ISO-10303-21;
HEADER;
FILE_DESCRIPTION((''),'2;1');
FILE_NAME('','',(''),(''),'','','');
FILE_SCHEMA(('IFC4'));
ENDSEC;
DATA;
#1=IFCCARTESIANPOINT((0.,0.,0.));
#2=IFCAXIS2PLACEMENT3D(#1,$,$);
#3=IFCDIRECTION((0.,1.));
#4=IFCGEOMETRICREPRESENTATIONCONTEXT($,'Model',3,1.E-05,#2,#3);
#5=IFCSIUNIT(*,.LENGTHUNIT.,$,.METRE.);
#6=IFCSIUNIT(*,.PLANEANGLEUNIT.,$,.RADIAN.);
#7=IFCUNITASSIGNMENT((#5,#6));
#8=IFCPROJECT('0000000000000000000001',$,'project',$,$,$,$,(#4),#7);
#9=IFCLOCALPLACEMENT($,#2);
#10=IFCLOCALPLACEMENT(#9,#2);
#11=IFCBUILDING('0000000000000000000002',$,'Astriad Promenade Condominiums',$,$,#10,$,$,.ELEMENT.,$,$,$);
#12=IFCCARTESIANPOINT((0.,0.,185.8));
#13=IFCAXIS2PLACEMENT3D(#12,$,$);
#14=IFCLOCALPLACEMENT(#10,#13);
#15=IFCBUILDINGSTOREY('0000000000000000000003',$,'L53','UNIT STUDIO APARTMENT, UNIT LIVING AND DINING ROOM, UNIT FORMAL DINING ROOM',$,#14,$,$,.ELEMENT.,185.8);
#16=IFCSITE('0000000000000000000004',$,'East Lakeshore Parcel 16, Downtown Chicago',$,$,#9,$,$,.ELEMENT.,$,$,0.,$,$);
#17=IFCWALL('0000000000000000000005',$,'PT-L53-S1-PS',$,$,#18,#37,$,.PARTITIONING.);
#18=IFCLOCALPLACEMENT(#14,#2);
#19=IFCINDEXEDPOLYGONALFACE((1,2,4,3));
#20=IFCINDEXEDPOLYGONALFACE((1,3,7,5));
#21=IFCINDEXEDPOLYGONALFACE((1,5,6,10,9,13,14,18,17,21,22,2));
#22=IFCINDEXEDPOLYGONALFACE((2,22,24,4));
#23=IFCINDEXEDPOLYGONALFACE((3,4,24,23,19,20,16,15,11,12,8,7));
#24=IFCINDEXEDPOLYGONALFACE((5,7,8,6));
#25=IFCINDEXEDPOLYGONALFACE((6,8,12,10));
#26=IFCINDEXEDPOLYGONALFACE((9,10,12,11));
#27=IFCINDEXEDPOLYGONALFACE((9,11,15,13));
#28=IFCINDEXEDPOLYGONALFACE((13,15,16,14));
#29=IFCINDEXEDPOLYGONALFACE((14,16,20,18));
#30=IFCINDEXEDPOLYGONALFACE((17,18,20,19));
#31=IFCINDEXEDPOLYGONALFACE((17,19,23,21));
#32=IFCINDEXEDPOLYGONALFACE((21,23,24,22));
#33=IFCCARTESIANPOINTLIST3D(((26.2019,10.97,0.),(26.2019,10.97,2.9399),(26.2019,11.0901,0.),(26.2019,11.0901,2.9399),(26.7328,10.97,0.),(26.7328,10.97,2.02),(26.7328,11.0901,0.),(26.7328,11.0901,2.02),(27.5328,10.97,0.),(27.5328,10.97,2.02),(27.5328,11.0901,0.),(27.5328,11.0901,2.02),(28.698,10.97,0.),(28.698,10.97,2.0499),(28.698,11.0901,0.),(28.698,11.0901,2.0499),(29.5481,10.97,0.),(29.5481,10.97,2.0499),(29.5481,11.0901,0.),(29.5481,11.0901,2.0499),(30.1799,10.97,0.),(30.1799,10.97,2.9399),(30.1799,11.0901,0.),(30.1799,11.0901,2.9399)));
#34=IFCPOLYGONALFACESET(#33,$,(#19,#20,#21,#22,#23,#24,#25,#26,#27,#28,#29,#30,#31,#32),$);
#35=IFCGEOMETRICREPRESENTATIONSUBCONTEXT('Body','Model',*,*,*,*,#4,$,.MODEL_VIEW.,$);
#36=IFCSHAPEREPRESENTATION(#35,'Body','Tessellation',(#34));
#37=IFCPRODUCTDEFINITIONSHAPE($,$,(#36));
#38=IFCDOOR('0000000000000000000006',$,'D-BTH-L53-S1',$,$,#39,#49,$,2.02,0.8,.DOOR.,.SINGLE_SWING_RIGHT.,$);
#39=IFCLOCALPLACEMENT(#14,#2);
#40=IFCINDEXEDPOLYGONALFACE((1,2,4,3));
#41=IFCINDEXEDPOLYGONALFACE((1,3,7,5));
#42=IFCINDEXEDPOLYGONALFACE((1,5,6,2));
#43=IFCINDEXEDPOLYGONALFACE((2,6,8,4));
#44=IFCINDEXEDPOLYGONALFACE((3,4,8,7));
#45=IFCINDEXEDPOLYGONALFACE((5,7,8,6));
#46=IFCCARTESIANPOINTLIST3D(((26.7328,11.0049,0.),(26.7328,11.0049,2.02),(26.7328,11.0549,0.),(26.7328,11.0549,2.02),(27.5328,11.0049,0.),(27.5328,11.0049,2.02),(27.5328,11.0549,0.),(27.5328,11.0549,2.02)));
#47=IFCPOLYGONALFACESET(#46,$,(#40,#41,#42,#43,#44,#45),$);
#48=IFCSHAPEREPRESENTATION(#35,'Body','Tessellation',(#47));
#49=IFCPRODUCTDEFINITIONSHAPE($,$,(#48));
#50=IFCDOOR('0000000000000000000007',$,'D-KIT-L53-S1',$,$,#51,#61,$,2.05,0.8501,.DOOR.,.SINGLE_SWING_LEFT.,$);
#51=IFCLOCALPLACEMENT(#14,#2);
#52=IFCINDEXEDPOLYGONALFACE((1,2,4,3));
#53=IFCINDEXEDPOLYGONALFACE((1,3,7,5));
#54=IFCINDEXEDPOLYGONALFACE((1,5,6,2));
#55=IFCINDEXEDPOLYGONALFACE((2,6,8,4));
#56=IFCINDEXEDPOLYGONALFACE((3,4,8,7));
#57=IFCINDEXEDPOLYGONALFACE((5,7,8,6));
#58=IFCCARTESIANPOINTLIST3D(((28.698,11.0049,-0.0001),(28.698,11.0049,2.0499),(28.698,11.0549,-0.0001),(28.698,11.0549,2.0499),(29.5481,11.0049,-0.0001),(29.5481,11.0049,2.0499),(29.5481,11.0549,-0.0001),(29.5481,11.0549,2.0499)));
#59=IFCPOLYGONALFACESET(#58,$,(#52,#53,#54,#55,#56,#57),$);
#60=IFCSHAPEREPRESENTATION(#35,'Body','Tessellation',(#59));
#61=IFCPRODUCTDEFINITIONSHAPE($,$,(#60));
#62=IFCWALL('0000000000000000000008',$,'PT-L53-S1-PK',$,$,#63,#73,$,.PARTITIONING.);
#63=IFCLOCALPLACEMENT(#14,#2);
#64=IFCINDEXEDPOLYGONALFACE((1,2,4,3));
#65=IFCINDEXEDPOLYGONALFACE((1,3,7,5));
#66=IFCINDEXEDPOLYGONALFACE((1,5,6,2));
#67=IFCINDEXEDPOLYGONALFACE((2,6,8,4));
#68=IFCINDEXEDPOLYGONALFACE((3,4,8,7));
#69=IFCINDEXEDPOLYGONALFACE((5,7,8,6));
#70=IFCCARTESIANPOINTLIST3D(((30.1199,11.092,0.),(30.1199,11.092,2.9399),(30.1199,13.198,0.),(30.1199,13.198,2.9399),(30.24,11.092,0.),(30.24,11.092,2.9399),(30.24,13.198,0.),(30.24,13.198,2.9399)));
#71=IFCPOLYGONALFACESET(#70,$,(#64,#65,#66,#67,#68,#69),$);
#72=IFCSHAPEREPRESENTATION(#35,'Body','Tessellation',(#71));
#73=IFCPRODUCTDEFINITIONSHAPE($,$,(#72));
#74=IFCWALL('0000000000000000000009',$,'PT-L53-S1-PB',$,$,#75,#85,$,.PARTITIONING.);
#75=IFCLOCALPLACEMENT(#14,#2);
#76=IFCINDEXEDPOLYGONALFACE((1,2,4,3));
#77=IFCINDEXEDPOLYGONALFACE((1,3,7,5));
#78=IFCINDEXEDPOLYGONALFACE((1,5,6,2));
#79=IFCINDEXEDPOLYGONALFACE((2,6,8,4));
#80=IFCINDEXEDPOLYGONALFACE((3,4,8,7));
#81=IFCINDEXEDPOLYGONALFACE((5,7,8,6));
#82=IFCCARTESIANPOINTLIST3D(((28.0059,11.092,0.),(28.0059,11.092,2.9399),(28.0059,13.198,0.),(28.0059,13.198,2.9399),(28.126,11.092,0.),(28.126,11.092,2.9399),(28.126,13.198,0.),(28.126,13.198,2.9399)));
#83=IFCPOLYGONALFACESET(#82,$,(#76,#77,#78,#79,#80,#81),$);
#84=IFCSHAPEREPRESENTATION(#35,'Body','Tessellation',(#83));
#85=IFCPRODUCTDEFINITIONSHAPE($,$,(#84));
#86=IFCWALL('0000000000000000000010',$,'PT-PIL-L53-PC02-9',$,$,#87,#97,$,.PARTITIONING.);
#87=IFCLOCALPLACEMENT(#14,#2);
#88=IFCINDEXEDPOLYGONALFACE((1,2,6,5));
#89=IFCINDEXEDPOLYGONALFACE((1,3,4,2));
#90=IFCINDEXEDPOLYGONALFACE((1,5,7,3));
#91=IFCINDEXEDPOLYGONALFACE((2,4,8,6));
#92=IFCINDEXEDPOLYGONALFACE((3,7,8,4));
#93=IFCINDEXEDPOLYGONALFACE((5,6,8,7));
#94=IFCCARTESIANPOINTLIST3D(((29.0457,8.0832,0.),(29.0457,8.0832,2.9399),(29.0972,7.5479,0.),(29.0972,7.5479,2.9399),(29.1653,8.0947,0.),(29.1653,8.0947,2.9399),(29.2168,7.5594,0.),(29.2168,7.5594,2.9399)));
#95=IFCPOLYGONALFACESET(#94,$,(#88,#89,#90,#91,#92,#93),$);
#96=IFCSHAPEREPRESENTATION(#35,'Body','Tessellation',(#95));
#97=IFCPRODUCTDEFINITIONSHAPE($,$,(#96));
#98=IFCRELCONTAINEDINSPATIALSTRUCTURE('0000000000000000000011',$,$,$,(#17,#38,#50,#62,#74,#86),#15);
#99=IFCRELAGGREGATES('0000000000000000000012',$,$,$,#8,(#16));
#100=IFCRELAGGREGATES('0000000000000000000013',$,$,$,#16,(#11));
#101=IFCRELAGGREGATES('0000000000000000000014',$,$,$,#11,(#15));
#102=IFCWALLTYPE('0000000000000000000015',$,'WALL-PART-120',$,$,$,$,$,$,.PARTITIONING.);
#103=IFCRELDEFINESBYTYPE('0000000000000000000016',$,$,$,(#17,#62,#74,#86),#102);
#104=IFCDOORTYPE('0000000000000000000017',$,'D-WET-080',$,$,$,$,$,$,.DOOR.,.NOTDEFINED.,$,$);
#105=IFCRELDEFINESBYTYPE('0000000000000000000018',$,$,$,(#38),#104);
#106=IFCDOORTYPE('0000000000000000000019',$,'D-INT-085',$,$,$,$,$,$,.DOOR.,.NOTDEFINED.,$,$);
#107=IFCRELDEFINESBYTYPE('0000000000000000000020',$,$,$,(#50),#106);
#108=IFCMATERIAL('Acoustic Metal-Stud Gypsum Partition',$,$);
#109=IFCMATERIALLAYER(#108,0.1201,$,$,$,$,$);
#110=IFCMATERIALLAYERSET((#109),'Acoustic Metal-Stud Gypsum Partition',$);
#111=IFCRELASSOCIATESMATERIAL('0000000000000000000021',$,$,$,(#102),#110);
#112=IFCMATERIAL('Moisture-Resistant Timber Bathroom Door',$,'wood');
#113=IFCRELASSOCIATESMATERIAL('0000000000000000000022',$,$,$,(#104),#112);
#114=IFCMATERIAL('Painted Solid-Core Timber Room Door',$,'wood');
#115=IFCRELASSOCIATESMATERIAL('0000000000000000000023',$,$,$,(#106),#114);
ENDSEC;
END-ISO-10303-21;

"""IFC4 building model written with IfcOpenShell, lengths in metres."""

from ifc_helpers import new_model, si_unit, direction, frame, frame_2d, origin, place, context, subcontext, project, spatial, rectangle, extrude, source, transform, mapped, material, layer, layer_set, type_object, type_shapes, element, fill, save


model = new_model("IFC4")

# Units and contexts
model_context = context("Model", 3, precision=1e-05, world=origin(), true_north=direction((0.0, 1.0)))
body_context = subcontext(model_context, "Body", "Model", "MODEL_VIEW")
ifc_project = project(units=[si_unit("LENGTHUNIT", "METRE"), si_unit("PLANEANGLEUNIT", "RADIAN")], contexts=[model_context])

# Site, building, storey
site_placement = place(None, origin())
site = spatial("IfcSite", under=ifc_project, at=site_placement, Name="East Lakeshore Parcel 16, Downtown Chicago", CompositionType="ELEMENT", RefElevation=0.0)
building_placement = place(site_placement, origin())
building = spatial("IfcBuilding", under=site, at=building_placement, Name="Astriad Promenade Condominiums", CompositionType="ELEMENT")
storey_placement = place(building_placement, frame((0.0, 0.0, 185.8)))
storey = spatial("IfcBuildingStorey", under=building, at=storey_placement, Name="L53", Description="UNIT STUDIO APARTMENT, UNIT LIVING AND DINING ROOM, UNIT FORMAL DINING ROOM", CompositionType="ELEMENT", Elevation=185.8)

# Wall, openings, doors
ifc_material_1 = material(Name="Acoustic Metal-Stud Gypsum Partition")
ifc_layer_1 = layer(ifc_material_1, 0.1201)
ifc_layer_set_1 = layer_set([ifc_layer_1], Name="Acoustic Metal-Stud Gypsum Partition")
wall_type_1 = type_object("IfcWallType", Name="WALL-PART-120", PredefinedType="PARTITIONING", material=ifc_layer_set_1)
wall_1_placement = place(storey_placement, frame((26.2019, 11.03, 0.0), z_axis=(0.0, 0.0, 1.0), x_axis=(1.0, 0.0, 0.0)))
wall_1 = element("IfcWall", 1, at=wall_1_placement, inside=storey, type_object=wall_type_1, Name="PT-L53-S1-PS", PredefinedType="PARTITIONING", context=body_context, shape_type="SweptSolid", body=[
    extrude(rectangle(XDim=3.978, YDim=0.1201, at=frame_2d((1.989, 0.0))), origin(), (0.0, 0.0, 1.0), 2.9399),
])
opening_1_placement = place(wall_1_placement, frame((0.531, 0.0, 0.0)))
opening_1 = element("IfcOpeningElement", 2, at=opening_1_placement, cuts=wall_1, PredefinedType="OPENING", context=body_context, shape_type="SweptSolid", body=[
    extrude(rectangle(XDim=0.8, YDim=2.02, at=frame_2d((0.3999, 1.01))), frame((0.0, 0.0701, 0.0), z_axis=(0.0, -1.0, 0.0), x_axis=(1.0, 0.0, 0.0)), (0.0, 0.0, 1.0), 0.1401),
])
opening_2_placement = place(wall_1_placement, frame((2.4961, 0.0, 0.0)))
opening_2 = element("IfcOpeningElement", 3, at=opening_2_placement, cuts=wall_1, PredefinedType="OPENING", context=body_context, shape_type="SweptSolid", body=[
    extrude(rectangle(XDim=0.8501, YDim=2.05, at=frame_2d((0.425, 1.0249))), frame((0.0, 0.0701, 0.0), z_axis=(0.0, -1.0, 0.0), x_axis=(1.0, 0.0, 0.0)), (0.0, 0.0, 1.0), 0.1401),
])
ifc_material_2 = material(Name="Moisture-Resistant Timber Bathroom Door", Category="wood")
door_type_1 = type_object("IfcDoorType", Name="D-WET-080", OperationType="NOTDEFINED", PredefinedType="DOOR", material=ifc_material_2)
shared_shape_1 = source(origin(), body_context, "Body", "SweptSolid", [
    extrude(rectangle(XDim=0.8, YDim=2.02, at=frame_2d((0.3999, 1.01))), frame((0.0, 0.0249, 0.0), z_axis=(0.0, -1.0, 0.0), x_axis=(1.0, 0.0, 0.0)), (0.0, 0.0, 1.0), 0.05),
])
type_shapes(door_type_1, [shared_shape_1])
door_1_placement = place(opening_1_placement, origin())
door_1 = element("IfcDoor", 4, at=door_1_placement, inside=storey, type_object=door_type_1, Name="D-BTH-L53-S1", OperationType="SINGLE_SWING_RIGHT", OverallHeight=2.02, OverallWidth=0.8, PredefinedType="DOOR", context=body_context, shape_type="MappedRepresentation", body=[
    mapped(shared_shape_1, transform((0.0, 0.0, 0.0), scale=1.0)),
])
fill(opening_1, door_1)
ifc_material_3 = material(Name="Painted Solid-Core Timber Room Door", Category="wood")
door_type_2 = type_object("IfcDoorType", Name="D-INT-085", OperationType="NOTDEFINED", PredefinedType="DOOR", material=ifc_material_3)
shared_shape_2 = source(origin(), body_context, "Body", "SweptSolid", [
    extrude(rectangle(XDim=0.8501, YDim=2.05, at=frame_2d((0.425, 1.0249))), frame((0.0, 0.0249, 0.0), z_axis=(0.0, -1.0, 0.0), x_axis=(1.0, 0.0, 0.0)), (0.0, 0.0, 1.0), 0.05),
])
type_shapes(door_type_2, [shared_shape_2])
door_2_placement = place(opening_2_placement, origin())
door_2 = element("IfcDoor", 5, at=door_2_placement, inside=storey, type_object=door_type_2, Name="D-KIT-L53-S1", OperationType="SINGLE_SWING_LEFT", OverallHeight=2.05, OverallWidth=0.8501, PredefinedType="DOOR", context=body_context, shape_type="MappedRepresentation", body=[
    mapped(shared_shape_2, transform((0.0, 0.0, 0.0), scale=1.0)),
])
fill(opening_2, door_2)

# Walls
for number, where, z_axis, x_axis, name in (
    (6, (30.1799, 11.092, 0.0), (0.0, 0.0, 1.0), (0.0, 1.0, 0.0), "PT-L53-S1-PK"),
    (7, (28.0659, 11.092, 0.0), (0.0, 0.0, 1.0), (0.0, 1.0, 0.0), "PT-L53-S1-PB"),
):
    element("IfcWall", number, at=place(storey_placement, frame(where, z_axis=z_axis, x_axis=x_axis)), inside=storey, type_object=wall_type_1, Name=name, PredefinedType="PARTITIONING", context=body_context, shape_type="SweptSolid", body=[
        extrude(rectangle(XDim=2.106, YDim=0.1201, at=frame_2d((1.053, 0.0))), origin(), (0.0, 0.0, 1.0), 2.9399),
    ])
wall_2_placement = place(storey_placement, frame((29.1055, 8.0891, 0.0), z_axis=(0.0, 0.0, 1.0), x_axis=(0.095773, -0.995403, 0.0)))
element("IfcWall", 8, at=wall_2_placement, inside=storey, type_object=wall_type_1, Name="PT-PIL-L53-PC02-9", PredefinedType="PARTITIONING", context=body_context, shape_type="SweptSolid", body=[
    extrude(rectangle(XDim=0.5378, YDim=0.1201, at=frame_2d((0.269, 0.0))), origin(), (0.0, 0.0, 1.0), 2.9399),
])

save(model, "model.ifc")
